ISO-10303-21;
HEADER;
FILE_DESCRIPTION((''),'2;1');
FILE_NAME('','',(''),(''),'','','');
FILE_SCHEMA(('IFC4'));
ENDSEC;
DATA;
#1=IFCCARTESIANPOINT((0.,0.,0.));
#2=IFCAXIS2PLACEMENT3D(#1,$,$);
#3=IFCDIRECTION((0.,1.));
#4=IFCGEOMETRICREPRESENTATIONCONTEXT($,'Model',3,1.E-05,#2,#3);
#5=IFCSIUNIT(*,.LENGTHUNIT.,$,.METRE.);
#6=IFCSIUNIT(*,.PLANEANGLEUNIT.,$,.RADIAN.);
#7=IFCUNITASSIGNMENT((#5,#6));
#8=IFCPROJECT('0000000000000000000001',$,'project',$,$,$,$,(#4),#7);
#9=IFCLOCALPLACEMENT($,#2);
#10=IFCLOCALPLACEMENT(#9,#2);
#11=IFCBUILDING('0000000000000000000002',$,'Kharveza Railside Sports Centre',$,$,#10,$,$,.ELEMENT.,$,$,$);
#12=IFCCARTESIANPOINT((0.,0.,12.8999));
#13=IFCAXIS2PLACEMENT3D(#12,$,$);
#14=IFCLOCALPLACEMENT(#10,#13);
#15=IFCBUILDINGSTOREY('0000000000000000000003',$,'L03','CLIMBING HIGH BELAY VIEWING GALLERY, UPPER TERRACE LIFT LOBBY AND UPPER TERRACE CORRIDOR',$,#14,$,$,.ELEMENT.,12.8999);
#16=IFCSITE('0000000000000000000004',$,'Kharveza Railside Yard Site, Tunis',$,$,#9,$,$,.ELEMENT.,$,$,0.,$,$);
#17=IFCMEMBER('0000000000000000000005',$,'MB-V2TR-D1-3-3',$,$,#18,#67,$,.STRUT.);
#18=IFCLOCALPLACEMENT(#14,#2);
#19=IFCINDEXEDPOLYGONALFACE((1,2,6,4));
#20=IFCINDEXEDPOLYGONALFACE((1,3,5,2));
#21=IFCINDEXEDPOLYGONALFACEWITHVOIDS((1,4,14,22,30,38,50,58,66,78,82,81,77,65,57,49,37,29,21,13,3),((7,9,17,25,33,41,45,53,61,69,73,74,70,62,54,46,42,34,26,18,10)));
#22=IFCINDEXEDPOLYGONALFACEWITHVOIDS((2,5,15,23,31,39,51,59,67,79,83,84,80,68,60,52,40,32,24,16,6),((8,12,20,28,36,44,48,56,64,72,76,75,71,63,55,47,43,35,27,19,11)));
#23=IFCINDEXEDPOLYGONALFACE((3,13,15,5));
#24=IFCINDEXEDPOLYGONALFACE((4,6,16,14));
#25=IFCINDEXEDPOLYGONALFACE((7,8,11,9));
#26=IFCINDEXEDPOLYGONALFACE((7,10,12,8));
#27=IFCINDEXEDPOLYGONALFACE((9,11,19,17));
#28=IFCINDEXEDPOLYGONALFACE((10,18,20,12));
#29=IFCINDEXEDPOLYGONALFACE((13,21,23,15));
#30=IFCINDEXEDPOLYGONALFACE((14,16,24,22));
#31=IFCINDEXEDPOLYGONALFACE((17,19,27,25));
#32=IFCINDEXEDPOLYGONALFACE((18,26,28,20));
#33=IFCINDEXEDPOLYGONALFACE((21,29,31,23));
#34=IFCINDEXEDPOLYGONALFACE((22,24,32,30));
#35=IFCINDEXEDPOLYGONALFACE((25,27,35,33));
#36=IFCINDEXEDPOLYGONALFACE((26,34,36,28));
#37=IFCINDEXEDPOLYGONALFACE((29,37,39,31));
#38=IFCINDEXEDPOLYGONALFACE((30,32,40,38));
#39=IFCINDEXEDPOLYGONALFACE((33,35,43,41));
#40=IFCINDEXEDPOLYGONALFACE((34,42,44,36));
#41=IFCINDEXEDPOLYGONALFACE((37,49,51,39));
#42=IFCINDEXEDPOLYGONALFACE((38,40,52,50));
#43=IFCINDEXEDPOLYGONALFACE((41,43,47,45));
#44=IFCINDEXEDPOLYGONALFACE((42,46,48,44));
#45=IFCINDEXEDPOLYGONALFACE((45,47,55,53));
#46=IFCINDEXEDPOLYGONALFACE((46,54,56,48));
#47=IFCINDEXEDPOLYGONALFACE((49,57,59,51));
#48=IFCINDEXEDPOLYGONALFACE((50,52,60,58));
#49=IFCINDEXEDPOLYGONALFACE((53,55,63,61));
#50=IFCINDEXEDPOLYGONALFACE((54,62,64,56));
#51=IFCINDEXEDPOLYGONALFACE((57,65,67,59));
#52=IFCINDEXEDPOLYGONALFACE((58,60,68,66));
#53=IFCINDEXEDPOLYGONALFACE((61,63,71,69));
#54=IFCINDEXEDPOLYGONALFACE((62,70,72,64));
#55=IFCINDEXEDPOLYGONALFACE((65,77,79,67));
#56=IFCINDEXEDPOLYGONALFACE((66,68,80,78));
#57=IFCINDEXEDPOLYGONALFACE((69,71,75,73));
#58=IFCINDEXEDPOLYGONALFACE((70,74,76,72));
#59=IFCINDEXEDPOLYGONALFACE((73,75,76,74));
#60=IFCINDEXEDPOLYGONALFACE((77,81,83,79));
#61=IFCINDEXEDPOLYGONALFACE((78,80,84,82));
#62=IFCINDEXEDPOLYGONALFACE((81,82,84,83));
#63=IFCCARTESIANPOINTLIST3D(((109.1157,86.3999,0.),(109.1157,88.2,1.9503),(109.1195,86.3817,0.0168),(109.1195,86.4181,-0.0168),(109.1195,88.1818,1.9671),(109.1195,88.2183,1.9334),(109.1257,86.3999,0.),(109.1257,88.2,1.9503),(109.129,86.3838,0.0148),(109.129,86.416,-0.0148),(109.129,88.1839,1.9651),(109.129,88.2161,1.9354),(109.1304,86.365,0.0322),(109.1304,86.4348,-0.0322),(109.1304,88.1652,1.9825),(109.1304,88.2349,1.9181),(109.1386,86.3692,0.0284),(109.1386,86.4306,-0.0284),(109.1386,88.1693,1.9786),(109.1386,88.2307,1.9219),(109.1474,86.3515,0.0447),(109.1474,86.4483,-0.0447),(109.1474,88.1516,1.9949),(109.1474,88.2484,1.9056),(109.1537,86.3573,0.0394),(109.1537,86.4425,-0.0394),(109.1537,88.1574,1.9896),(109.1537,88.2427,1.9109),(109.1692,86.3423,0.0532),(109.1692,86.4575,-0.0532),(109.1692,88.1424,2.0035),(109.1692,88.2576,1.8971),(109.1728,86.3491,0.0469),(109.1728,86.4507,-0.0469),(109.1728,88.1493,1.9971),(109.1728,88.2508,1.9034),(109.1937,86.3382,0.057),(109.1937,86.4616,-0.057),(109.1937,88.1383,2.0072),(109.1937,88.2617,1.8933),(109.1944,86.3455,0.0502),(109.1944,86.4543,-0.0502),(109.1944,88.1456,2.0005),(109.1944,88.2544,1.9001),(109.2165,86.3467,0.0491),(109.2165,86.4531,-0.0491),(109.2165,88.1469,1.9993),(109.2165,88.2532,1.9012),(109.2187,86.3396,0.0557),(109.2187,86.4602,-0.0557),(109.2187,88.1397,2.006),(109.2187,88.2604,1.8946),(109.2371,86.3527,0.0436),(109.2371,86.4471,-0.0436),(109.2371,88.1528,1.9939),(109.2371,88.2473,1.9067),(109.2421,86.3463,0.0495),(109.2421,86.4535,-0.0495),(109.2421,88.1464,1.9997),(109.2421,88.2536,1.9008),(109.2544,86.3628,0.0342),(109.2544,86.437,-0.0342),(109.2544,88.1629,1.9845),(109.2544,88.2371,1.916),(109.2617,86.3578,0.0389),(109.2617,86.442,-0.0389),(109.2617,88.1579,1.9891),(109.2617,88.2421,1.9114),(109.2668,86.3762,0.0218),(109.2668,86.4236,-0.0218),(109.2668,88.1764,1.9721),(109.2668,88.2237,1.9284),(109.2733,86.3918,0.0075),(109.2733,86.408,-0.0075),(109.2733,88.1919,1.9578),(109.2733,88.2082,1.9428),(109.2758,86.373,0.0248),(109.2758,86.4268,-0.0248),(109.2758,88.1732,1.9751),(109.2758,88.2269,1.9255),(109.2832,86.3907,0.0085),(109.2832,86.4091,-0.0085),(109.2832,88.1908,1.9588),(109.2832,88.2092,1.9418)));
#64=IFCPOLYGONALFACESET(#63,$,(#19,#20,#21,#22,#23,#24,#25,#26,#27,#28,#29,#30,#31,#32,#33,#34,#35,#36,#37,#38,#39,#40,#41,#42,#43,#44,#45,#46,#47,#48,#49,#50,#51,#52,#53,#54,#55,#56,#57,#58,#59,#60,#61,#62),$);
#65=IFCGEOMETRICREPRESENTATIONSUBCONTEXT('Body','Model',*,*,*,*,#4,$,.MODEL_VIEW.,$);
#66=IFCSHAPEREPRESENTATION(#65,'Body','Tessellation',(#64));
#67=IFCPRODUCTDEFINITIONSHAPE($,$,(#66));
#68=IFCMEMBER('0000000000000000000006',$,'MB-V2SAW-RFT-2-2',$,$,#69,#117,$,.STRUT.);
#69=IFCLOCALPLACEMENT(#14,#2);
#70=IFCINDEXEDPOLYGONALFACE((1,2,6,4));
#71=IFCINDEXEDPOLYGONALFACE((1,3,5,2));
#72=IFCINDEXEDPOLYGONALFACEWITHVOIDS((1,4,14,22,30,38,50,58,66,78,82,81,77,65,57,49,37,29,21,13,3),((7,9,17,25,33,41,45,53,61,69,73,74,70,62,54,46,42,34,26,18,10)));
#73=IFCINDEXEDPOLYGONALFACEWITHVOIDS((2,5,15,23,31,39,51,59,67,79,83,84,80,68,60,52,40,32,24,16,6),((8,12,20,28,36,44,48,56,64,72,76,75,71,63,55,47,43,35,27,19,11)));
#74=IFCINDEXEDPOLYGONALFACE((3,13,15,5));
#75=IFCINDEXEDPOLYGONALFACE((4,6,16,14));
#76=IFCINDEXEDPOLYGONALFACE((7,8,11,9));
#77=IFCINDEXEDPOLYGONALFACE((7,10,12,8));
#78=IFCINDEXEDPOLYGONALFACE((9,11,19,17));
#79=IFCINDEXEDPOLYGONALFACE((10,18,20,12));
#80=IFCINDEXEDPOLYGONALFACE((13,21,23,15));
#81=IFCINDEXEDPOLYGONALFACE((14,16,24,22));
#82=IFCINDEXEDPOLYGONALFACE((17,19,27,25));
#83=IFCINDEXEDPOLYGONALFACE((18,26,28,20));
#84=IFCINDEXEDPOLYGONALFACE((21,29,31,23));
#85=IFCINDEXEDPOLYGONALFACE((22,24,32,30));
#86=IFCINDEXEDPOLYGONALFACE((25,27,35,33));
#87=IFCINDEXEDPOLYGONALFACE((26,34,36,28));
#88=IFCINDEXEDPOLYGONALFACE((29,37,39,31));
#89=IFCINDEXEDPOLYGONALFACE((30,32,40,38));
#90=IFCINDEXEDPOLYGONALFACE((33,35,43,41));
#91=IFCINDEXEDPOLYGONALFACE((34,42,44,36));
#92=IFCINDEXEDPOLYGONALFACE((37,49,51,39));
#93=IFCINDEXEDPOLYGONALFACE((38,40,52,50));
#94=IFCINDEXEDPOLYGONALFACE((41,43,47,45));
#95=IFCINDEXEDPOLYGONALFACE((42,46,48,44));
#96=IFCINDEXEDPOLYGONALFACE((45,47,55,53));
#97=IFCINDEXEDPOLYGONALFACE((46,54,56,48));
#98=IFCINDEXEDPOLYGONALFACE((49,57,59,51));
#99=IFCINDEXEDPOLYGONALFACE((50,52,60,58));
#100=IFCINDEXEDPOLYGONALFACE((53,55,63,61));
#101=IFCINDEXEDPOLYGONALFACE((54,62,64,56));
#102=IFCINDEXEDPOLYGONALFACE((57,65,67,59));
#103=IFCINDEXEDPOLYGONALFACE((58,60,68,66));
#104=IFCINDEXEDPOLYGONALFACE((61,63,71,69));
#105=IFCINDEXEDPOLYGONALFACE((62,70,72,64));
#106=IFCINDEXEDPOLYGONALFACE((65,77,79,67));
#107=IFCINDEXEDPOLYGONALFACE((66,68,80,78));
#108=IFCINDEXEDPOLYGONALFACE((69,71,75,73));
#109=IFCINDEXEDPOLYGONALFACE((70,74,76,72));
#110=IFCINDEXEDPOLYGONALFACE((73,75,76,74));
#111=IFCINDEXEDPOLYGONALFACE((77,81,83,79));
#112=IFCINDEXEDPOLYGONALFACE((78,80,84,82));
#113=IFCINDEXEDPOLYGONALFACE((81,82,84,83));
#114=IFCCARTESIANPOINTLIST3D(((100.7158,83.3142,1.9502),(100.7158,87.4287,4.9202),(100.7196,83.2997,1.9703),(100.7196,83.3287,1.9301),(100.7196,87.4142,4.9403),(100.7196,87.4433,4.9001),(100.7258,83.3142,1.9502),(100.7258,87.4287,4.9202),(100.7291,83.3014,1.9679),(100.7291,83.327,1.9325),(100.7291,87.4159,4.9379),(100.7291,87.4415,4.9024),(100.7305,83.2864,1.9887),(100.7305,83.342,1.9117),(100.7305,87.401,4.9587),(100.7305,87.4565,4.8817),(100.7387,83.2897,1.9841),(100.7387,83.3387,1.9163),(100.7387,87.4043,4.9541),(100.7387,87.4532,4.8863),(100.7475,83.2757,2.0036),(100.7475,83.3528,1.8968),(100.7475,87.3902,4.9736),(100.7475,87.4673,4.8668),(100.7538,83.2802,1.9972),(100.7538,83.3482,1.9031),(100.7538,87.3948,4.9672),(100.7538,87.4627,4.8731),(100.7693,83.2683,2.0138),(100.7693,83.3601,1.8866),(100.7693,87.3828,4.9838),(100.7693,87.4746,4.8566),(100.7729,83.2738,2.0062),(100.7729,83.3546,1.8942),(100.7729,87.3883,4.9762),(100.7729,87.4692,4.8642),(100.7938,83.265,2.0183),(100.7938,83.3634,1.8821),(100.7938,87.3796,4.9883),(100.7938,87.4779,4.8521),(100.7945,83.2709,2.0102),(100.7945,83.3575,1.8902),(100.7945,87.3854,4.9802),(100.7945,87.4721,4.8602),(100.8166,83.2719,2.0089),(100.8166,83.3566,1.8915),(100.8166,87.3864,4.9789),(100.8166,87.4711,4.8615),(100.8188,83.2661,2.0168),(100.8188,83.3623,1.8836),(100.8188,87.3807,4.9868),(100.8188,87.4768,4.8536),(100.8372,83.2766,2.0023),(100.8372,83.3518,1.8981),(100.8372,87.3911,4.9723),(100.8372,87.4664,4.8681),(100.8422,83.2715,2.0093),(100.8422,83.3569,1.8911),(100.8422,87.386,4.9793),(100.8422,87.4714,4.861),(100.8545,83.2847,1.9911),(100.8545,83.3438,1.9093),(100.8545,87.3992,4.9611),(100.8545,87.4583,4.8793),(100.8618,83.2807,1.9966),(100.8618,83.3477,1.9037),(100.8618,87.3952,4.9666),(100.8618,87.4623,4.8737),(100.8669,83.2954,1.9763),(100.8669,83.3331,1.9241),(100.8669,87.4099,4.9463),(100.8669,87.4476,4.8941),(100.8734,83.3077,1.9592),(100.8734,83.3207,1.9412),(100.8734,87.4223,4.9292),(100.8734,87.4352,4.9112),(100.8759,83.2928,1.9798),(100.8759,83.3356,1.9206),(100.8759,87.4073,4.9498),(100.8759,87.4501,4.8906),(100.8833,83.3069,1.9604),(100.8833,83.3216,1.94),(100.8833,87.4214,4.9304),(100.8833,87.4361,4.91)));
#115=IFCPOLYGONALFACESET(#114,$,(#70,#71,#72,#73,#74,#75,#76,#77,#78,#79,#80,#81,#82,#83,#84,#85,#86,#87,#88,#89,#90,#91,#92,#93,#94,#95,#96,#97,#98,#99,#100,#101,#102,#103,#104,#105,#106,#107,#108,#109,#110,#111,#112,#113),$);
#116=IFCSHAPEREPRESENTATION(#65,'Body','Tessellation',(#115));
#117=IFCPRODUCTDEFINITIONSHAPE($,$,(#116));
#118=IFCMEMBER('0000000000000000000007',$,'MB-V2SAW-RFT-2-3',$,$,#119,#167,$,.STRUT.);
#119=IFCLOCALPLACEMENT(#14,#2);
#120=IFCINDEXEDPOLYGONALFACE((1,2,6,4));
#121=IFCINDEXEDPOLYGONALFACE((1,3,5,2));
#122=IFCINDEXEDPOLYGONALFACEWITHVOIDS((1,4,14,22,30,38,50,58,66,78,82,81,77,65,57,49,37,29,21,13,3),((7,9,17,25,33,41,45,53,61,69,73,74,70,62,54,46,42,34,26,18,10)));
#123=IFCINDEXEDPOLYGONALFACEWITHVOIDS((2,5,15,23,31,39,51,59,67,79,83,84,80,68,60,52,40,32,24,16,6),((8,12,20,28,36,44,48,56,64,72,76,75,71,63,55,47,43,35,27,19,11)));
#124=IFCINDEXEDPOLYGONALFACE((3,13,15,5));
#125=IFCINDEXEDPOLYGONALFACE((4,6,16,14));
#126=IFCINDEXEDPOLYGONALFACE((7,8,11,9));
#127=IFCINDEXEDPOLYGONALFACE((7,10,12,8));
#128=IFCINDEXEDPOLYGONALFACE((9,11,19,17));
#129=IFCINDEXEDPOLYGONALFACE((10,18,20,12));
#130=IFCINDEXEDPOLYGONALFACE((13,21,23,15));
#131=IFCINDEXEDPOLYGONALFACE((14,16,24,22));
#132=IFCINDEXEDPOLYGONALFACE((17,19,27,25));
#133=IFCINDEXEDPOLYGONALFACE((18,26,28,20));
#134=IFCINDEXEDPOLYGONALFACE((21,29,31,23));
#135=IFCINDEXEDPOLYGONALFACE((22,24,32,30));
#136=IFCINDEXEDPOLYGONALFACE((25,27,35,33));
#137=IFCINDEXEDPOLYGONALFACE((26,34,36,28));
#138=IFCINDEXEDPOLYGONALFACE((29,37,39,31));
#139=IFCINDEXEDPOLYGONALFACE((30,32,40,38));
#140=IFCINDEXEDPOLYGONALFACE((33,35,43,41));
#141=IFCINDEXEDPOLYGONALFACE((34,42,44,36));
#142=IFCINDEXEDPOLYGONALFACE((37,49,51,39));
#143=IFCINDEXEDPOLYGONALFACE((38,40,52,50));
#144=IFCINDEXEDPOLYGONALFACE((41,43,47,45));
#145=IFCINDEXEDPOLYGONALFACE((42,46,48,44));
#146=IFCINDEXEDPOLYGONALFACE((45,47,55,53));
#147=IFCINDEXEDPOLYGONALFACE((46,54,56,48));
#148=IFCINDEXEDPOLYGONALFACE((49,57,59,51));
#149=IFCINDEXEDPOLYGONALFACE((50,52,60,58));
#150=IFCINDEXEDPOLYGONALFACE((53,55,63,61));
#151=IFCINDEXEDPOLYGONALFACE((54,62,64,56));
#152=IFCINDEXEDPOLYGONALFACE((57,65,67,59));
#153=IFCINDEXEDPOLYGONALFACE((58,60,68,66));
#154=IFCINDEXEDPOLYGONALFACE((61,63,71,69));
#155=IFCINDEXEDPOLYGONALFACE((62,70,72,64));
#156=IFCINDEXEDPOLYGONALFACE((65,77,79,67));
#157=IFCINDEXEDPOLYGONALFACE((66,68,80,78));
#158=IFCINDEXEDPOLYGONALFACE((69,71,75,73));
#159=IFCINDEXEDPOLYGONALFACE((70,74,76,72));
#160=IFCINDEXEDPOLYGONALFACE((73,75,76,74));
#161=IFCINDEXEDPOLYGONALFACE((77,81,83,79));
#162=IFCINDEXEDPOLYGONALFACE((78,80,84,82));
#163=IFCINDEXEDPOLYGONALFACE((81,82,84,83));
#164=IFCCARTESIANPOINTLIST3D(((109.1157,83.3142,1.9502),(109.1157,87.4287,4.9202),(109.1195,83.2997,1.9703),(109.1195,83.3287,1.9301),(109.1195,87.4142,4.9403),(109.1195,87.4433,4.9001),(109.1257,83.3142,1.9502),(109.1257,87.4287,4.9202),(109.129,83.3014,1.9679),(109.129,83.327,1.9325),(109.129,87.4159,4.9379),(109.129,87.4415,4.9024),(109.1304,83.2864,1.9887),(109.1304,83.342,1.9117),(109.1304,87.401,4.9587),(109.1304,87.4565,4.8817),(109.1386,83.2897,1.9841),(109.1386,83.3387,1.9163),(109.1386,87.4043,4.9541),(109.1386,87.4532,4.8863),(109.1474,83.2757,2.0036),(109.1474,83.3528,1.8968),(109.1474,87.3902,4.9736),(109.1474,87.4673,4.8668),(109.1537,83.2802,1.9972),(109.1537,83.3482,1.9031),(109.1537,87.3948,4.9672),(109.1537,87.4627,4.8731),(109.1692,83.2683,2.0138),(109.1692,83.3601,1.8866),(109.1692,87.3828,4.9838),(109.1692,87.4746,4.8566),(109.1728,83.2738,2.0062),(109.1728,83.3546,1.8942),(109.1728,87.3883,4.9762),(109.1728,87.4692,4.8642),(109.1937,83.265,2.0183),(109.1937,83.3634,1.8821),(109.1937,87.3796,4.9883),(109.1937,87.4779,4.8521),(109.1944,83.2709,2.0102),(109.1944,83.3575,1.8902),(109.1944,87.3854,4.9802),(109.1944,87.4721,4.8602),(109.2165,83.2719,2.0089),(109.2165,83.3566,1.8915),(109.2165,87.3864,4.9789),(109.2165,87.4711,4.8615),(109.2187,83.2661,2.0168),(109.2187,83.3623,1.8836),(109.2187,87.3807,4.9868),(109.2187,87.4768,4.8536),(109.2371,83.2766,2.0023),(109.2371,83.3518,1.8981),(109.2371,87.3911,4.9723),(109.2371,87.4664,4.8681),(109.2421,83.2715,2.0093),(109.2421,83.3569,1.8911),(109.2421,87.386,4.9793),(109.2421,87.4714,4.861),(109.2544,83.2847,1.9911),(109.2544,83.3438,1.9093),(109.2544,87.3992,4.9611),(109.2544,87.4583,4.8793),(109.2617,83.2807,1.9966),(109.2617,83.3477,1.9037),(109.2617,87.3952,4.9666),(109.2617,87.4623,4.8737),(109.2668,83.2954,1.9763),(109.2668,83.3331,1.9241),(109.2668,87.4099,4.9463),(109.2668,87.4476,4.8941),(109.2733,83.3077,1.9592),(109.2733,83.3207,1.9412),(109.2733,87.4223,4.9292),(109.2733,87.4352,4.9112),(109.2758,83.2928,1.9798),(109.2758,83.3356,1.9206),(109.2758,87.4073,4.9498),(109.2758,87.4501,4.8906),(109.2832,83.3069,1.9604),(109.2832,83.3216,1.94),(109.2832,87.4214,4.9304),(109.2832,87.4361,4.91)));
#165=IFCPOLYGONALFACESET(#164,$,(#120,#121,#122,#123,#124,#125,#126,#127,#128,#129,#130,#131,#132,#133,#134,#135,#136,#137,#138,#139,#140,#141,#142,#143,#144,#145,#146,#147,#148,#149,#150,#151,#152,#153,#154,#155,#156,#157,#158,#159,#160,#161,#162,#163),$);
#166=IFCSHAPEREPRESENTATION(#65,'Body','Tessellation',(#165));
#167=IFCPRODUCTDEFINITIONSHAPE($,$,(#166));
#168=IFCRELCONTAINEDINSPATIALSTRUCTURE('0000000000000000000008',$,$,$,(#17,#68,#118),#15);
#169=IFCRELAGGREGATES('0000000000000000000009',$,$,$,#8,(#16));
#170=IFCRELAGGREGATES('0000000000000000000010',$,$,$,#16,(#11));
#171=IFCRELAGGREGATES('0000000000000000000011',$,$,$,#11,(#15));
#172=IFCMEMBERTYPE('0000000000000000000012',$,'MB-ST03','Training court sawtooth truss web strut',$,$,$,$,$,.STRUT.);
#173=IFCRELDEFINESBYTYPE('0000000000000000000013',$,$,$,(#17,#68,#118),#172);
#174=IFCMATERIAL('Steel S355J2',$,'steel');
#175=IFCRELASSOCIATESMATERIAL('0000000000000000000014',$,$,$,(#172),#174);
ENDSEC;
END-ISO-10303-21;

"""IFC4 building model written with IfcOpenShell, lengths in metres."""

from ifc_helpers import new_model, si_unit, direction, frame, origin, origin_2d, place, context, subcontext, project, spatial, hollow_circle, extrude, material, material_profile, profile_set, type_object, element, save


model = new_model("IFC4")

# Units and contexts
model_context = context("Model", 3, precision=1e-05, world=origin(), true_north=direction((0.0, 1.0)))
body_context = subcontext(model_context, "Body", "Model", "MODEL_VIEW")
ifc_project = project(units=[si_unit("LENGTHUNIT", "METRE"), si_unit("PLANEANGLEUNIT", "RADIAN")], contexts=[model_context])

# Site, building, storey
site_placement = place(None, origin())
site = spatial("IfcSite", under=ifc_project, at=site_placement, Name="Kharveza Railside Yard Site, Tunis", CompositionType="ELEMENT", RefElevation=0.0)
building_placement = place(site_placement, origin())
building = spatial("IfcBuilding", under=site, at=building_placement, Name="Kharveza Railside Sports Centre", CompositionType="ELEMENT")
storey_placement = place(building_placement, frame((0.0, 0.0, 12.8999)))
storey = spatial("IfcBuildingStorey", under=building, at=storey_placement, Name="L03", Description="CLIMBING HIGH BELAY VIEWING GALLERY, UPPER TERRACE LIFT LOBBY AND UPPER TERRACE CORRIDOR", CompositionType="ELEMENT", Elevation=12.8999)

# Shared definitions
ifc_material_1 = material(Name="Steel S355J2", Category="steel")

# Members
ifc_material_profile_1 = material_profile(ifc_material_1, hollow_circle(Radius=0.0842, WallThickness=0.01, at=origin_2d()), Name="CHS 168.3x10.0")
ifc_profile_set_1 = profile_set([ifc_material_profile_1], Name="Steel S355J2")
member_type_1 = type_object("IfcMemberType", Name="MB-ST03", Description="Training court sawtooth truss web strut", PredefinedType="STRUT", material=ifc_profile_set_1)
member_1_placement = place(storey_placement, frame((109.2, 86.3999, 0.0), z_axis=(0.0, 0.678253, 0.734828), x_axis=(-1.0, 0.0, 0.0)))
element("IfcMember", 1, at=member_1_placement, inside=storey, type_object=member_type_1, Name="MB-V2TR-D1-3-3", PredefinedType="STRUT", context=body_context, shape_type="SweptSolid", body=[
    extrude(hollow_circle(Radius=0.0842, WallThickness=0.01, at=origin_2d()), origin(), (0.0, 0.0, 1.0), 2.6541),
])
for number, where, z_axis, x_axis, name in (
    (2, (100.8, 83.3142, 1.9502), (0.0, 0.81083, 0.585281), (-1.0, 0.0, 0.0), "MB-V2SAW-RFT-2-2"),
    (3, (109.2, 83.3142, 1.9502), (0.0, 0.81083, 0.585281), (-1.0, 0.0, 0.0), "MB-V2SAW-RFT-2-3"),
):
    element("IfcMember", number, at=place(storey_placement, frame(where, z_axis=z_axis, x_axis=x_axis)), inside=storey, type_object=member_type_1, Name=name, PredefinedType="STRUT", context=body_context, shape_type="SweptSolid", body=[
        extrude(hollow_circle(Radius=0.0842, WallThickness=0.01, at=origin_2d()), origin(), (0.0, 0.0, 1.0), 5.0745),
    ])

save(model, "model.ifc")
